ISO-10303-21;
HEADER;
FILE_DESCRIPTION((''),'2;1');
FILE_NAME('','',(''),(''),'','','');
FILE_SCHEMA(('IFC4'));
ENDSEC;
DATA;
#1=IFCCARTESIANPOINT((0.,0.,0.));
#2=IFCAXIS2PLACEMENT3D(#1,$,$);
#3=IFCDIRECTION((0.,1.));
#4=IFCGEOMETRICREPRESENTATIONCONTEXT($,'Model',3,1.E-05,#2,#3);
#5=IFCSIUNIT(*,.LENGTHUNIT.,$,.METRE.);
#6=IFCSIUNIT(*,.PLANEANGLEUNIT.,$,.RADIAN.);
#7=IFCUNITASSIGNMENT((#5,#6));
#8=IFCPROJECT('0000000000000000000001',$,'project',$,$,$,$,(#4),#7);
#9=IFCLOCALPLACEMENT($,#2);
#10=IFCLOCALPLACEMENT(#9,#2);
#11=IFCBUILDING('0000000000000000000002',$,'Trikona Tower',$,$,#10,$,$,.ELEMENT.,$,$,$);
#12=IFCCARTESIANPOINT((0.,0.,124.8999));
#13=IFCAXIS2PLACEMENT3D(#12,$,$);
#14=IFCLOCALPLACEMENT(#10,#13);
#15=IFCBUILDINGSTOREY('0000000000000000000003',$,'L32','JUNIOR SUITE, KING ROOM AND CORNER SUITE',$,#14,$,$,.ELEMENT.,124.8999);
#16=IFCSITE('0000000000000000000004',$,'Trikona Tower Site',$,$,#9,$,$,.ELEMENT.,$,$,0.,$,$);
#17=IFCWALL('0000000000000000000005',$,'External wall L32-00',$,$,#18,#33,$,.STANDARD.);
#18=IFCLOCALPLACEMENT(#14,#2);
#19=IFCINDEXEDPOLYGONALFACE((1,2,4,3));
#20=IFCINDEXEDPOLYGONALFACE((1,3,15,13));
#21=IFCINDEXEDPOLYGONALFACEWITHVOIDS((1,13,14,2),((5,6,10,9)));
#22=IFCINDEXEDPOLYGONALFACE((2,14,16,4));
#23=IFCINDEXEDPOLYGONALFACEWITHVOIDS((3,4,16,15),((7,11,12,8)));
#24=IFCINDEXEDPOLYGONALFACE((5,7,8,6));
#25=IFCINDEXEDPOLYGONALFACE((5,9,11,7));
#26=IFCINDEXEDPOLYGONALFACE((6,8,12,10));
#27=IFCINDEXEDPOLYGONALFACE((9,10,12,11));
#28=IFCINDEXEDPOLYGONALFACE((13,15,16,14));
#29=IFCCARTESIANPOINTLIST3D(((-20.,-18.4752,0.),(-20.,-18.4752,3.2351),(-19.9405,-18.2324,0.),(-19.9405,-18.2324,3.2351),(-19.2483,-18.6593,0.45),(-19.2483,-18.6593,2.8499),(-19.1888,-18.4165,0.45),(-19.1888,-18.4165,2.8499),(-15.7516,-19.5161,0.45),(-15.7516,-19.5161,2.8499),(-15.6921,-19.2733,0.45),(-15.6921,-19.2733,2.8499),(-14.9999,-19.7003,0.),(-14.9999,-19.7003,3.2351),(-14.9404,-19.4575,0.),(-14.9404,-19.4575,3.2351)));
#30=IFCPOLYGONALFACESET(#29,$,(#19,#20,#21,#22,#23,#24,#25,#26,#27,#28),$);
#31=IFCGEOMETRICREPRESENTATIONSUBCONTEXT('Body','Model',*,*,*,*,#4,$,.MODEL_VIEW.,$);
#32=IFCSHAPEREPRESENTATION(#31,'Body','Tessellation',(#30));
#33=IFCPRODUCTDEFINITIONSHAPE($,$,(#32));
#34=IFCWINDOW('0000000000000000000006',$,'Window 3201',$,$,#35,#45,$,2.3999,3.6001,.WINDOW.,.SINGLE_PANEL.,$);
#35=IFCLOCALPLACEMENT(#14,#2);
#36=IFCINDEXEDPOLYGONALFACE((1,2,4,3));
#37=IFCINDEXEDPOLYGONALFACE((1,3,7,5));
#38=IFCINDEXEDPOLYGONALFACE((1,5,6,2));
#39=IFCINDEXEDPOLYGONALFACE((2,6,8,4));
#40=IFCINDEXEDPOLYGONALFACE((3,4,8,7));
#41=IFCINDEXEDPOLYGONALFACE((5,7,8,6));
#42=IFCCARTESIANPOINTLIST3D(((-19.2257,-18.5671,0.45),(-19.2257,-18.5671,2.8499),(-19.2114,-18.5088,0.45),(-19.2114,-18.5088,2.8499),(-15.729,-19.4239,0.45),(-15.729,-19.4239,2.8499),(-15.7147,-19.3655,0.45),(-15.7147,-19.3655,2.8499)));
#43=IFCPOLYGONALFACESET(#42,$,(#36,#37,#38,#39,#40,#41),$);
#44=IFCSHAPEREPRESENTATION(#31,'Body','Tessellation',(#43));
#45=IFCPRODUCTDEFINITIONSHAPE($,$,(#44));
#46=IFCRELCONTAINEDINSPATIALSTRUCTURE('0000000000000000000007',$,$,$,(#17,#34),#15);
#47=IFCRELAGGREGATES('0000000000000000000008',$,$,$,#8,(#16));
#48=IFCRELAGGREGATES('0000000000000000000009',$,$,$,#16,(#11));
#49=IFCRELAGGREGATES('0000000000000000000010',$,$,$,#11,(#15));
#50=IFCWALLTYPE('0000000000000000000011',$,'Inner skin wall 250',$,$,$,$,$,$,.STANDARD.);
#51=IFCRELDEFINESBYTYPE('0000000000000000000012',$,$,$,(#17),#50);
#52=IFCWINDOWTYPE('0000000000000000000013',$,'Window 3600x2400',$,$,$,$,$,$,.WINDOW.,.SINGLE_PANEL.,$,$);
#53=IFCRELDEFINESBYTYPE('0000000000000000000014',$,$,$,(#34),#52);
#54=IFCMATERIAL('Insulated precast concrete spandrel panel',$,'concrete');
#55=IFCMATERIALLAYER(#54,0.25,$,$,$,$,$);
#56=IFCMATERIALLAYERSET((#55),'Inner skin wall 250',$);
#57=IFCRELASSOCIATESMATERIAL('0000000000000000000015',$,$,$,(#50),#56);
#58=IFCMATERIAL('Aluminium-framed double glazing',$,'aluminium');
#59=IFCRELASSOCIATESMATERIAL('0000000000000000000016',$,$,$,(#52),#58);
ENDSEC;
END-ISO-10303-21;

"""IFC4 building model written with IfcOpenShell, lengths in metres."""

from ifc_helpers import new_model, si_unit, direction, frame, frame_2d, origin, place, context, subcontext, project, spatial, rectangle, extrude, material, layer, layer_set, type_object, element, fill, save


model = new_model("IFC4")

# Units and contexts
model_context = context("Model", 3, precision=1e-05, world=origin(), true_north=direction((0.0, 1.0)))
body_context = subcontext(model_context, "Body", "Model", "MODEL_VIEW")
ifc_project = project(units=[si_unit("LENGTHUNIT", "METRE"), si_unit("PLANEANGLEUNIT", "RADIAN")], contexts=[model_context])

# Site, building, storey
site_placement = place(None, origin())
site = spatial("IfcSite", under=ifc_project, at=site_placement, Name="Trikona Tower Site", CompositionType="ELEMENT", RefElevation=0.0)
building_placement = place(site_placement, origin())
building = spatial("IfcBuilding", under=site, at=building_placement, Name="Trikona Tower", CompositionType="ELEMENT")
storey_placement = place(building_placement, frame((0.0, 0.0, 124.8999)))
storey = spatial("IfcBuildingStorey", under=building, at=storey_placement, Name="L32", Description="JUNIOR SUITE, KING ROOM AND CORNER SUITE", CompositionType="ELEMENT", Elevation=124.8999)

# Wall, opening, window
ifc_material_1 = material(Name="Insulated precast concrete spandrel panel", Category="concrete")
ifc_layer_1 = layer(ifc_material_1, 0.25)
ifc_layer_set_1 = layer_set([ifc_layer_1], Name="Inner skin wall 250")
wall_type_1 = type_object("IfcWallType", Name="Inner skin wall 250", PredefinedType="STANDARD", material=ifc_layer_set_1)
wall_1_placement = place(storey_placement, frame((-19.9702, -18.3538, 0.0), z_axis=(0.0, 0.0, 1.0), x_axis=(0.97127, -0.23798, 0.0)))
wall_1 = element("IfcWall", 1, at=wall_1_placement, inside=storey, type_object=wall_type_1, Name="External wall L32-00", PredefinedType="STANDARD", context=body_context, shape_type="SweptSolid", body=[
    extrude(rectangle(XDim=5.1479, YDim=0.25, at=frame_2d((2.574, 0.0))), origin(), (0.0, 0.0, 1.0), 3.2351),
])
opening_1_placement = place(wall_1_placement, frame((0.7739, 0.0, 0.45)))
opening_1 = element("IfcOpeningElement", 2, at=opening_1_placement, cuts=wall_1, PredefinedType="OPENING", context=body_context, shape_type="SweptSolid", body=[
    extrude(rectangle(XDim=3.6001, YDim=2.3999, at=frame_2d((1.8, 1.2))), frame((0.0, 0.135, 0.0), z_axis=(0.0, -1.0, 0.0), x_axis=(1.0, 0.0, 0.0)), (0.0, 0.0, 1.0), 0.27),
])
ifc_material_2 = material(Name="Aluminium-framed double glazing", Category="aluminium")
window_type_1 = type_object("IfcWindowType", Name="Window 3600x2400", PartitioningType="SINGLE_PANEL", PredefinedType="WINDOW", material=ifc_material_2)
window_1_placement = place(opening_1_placement, origin())
window_1 = element("IfcWindow", 3, at=window_1_placement, inside=storey, type_object=window_type_1, Name="Window 3201", OverallHeight=2.3999, OverallWidth=3.6001, PartitioningType="SINGLE_PANEL", PredefinedType="WINDOW", context=body_context, shape_type="SweptSolid", body=[
    extrude(rectangle(XDim=3.6001, YDim=2.3999, at=frame_2d((1.8, 1.2))), frame((0.0, 0.03, 0.0), z_axis=(0.0, -1.0, 0.0), x_axis=(1.0, 0.0, 0.0)), (0.0, 0.0, 1.0), 0.0601),
])
fill(opening_1, window_1)

save(model, "model.ifc")
